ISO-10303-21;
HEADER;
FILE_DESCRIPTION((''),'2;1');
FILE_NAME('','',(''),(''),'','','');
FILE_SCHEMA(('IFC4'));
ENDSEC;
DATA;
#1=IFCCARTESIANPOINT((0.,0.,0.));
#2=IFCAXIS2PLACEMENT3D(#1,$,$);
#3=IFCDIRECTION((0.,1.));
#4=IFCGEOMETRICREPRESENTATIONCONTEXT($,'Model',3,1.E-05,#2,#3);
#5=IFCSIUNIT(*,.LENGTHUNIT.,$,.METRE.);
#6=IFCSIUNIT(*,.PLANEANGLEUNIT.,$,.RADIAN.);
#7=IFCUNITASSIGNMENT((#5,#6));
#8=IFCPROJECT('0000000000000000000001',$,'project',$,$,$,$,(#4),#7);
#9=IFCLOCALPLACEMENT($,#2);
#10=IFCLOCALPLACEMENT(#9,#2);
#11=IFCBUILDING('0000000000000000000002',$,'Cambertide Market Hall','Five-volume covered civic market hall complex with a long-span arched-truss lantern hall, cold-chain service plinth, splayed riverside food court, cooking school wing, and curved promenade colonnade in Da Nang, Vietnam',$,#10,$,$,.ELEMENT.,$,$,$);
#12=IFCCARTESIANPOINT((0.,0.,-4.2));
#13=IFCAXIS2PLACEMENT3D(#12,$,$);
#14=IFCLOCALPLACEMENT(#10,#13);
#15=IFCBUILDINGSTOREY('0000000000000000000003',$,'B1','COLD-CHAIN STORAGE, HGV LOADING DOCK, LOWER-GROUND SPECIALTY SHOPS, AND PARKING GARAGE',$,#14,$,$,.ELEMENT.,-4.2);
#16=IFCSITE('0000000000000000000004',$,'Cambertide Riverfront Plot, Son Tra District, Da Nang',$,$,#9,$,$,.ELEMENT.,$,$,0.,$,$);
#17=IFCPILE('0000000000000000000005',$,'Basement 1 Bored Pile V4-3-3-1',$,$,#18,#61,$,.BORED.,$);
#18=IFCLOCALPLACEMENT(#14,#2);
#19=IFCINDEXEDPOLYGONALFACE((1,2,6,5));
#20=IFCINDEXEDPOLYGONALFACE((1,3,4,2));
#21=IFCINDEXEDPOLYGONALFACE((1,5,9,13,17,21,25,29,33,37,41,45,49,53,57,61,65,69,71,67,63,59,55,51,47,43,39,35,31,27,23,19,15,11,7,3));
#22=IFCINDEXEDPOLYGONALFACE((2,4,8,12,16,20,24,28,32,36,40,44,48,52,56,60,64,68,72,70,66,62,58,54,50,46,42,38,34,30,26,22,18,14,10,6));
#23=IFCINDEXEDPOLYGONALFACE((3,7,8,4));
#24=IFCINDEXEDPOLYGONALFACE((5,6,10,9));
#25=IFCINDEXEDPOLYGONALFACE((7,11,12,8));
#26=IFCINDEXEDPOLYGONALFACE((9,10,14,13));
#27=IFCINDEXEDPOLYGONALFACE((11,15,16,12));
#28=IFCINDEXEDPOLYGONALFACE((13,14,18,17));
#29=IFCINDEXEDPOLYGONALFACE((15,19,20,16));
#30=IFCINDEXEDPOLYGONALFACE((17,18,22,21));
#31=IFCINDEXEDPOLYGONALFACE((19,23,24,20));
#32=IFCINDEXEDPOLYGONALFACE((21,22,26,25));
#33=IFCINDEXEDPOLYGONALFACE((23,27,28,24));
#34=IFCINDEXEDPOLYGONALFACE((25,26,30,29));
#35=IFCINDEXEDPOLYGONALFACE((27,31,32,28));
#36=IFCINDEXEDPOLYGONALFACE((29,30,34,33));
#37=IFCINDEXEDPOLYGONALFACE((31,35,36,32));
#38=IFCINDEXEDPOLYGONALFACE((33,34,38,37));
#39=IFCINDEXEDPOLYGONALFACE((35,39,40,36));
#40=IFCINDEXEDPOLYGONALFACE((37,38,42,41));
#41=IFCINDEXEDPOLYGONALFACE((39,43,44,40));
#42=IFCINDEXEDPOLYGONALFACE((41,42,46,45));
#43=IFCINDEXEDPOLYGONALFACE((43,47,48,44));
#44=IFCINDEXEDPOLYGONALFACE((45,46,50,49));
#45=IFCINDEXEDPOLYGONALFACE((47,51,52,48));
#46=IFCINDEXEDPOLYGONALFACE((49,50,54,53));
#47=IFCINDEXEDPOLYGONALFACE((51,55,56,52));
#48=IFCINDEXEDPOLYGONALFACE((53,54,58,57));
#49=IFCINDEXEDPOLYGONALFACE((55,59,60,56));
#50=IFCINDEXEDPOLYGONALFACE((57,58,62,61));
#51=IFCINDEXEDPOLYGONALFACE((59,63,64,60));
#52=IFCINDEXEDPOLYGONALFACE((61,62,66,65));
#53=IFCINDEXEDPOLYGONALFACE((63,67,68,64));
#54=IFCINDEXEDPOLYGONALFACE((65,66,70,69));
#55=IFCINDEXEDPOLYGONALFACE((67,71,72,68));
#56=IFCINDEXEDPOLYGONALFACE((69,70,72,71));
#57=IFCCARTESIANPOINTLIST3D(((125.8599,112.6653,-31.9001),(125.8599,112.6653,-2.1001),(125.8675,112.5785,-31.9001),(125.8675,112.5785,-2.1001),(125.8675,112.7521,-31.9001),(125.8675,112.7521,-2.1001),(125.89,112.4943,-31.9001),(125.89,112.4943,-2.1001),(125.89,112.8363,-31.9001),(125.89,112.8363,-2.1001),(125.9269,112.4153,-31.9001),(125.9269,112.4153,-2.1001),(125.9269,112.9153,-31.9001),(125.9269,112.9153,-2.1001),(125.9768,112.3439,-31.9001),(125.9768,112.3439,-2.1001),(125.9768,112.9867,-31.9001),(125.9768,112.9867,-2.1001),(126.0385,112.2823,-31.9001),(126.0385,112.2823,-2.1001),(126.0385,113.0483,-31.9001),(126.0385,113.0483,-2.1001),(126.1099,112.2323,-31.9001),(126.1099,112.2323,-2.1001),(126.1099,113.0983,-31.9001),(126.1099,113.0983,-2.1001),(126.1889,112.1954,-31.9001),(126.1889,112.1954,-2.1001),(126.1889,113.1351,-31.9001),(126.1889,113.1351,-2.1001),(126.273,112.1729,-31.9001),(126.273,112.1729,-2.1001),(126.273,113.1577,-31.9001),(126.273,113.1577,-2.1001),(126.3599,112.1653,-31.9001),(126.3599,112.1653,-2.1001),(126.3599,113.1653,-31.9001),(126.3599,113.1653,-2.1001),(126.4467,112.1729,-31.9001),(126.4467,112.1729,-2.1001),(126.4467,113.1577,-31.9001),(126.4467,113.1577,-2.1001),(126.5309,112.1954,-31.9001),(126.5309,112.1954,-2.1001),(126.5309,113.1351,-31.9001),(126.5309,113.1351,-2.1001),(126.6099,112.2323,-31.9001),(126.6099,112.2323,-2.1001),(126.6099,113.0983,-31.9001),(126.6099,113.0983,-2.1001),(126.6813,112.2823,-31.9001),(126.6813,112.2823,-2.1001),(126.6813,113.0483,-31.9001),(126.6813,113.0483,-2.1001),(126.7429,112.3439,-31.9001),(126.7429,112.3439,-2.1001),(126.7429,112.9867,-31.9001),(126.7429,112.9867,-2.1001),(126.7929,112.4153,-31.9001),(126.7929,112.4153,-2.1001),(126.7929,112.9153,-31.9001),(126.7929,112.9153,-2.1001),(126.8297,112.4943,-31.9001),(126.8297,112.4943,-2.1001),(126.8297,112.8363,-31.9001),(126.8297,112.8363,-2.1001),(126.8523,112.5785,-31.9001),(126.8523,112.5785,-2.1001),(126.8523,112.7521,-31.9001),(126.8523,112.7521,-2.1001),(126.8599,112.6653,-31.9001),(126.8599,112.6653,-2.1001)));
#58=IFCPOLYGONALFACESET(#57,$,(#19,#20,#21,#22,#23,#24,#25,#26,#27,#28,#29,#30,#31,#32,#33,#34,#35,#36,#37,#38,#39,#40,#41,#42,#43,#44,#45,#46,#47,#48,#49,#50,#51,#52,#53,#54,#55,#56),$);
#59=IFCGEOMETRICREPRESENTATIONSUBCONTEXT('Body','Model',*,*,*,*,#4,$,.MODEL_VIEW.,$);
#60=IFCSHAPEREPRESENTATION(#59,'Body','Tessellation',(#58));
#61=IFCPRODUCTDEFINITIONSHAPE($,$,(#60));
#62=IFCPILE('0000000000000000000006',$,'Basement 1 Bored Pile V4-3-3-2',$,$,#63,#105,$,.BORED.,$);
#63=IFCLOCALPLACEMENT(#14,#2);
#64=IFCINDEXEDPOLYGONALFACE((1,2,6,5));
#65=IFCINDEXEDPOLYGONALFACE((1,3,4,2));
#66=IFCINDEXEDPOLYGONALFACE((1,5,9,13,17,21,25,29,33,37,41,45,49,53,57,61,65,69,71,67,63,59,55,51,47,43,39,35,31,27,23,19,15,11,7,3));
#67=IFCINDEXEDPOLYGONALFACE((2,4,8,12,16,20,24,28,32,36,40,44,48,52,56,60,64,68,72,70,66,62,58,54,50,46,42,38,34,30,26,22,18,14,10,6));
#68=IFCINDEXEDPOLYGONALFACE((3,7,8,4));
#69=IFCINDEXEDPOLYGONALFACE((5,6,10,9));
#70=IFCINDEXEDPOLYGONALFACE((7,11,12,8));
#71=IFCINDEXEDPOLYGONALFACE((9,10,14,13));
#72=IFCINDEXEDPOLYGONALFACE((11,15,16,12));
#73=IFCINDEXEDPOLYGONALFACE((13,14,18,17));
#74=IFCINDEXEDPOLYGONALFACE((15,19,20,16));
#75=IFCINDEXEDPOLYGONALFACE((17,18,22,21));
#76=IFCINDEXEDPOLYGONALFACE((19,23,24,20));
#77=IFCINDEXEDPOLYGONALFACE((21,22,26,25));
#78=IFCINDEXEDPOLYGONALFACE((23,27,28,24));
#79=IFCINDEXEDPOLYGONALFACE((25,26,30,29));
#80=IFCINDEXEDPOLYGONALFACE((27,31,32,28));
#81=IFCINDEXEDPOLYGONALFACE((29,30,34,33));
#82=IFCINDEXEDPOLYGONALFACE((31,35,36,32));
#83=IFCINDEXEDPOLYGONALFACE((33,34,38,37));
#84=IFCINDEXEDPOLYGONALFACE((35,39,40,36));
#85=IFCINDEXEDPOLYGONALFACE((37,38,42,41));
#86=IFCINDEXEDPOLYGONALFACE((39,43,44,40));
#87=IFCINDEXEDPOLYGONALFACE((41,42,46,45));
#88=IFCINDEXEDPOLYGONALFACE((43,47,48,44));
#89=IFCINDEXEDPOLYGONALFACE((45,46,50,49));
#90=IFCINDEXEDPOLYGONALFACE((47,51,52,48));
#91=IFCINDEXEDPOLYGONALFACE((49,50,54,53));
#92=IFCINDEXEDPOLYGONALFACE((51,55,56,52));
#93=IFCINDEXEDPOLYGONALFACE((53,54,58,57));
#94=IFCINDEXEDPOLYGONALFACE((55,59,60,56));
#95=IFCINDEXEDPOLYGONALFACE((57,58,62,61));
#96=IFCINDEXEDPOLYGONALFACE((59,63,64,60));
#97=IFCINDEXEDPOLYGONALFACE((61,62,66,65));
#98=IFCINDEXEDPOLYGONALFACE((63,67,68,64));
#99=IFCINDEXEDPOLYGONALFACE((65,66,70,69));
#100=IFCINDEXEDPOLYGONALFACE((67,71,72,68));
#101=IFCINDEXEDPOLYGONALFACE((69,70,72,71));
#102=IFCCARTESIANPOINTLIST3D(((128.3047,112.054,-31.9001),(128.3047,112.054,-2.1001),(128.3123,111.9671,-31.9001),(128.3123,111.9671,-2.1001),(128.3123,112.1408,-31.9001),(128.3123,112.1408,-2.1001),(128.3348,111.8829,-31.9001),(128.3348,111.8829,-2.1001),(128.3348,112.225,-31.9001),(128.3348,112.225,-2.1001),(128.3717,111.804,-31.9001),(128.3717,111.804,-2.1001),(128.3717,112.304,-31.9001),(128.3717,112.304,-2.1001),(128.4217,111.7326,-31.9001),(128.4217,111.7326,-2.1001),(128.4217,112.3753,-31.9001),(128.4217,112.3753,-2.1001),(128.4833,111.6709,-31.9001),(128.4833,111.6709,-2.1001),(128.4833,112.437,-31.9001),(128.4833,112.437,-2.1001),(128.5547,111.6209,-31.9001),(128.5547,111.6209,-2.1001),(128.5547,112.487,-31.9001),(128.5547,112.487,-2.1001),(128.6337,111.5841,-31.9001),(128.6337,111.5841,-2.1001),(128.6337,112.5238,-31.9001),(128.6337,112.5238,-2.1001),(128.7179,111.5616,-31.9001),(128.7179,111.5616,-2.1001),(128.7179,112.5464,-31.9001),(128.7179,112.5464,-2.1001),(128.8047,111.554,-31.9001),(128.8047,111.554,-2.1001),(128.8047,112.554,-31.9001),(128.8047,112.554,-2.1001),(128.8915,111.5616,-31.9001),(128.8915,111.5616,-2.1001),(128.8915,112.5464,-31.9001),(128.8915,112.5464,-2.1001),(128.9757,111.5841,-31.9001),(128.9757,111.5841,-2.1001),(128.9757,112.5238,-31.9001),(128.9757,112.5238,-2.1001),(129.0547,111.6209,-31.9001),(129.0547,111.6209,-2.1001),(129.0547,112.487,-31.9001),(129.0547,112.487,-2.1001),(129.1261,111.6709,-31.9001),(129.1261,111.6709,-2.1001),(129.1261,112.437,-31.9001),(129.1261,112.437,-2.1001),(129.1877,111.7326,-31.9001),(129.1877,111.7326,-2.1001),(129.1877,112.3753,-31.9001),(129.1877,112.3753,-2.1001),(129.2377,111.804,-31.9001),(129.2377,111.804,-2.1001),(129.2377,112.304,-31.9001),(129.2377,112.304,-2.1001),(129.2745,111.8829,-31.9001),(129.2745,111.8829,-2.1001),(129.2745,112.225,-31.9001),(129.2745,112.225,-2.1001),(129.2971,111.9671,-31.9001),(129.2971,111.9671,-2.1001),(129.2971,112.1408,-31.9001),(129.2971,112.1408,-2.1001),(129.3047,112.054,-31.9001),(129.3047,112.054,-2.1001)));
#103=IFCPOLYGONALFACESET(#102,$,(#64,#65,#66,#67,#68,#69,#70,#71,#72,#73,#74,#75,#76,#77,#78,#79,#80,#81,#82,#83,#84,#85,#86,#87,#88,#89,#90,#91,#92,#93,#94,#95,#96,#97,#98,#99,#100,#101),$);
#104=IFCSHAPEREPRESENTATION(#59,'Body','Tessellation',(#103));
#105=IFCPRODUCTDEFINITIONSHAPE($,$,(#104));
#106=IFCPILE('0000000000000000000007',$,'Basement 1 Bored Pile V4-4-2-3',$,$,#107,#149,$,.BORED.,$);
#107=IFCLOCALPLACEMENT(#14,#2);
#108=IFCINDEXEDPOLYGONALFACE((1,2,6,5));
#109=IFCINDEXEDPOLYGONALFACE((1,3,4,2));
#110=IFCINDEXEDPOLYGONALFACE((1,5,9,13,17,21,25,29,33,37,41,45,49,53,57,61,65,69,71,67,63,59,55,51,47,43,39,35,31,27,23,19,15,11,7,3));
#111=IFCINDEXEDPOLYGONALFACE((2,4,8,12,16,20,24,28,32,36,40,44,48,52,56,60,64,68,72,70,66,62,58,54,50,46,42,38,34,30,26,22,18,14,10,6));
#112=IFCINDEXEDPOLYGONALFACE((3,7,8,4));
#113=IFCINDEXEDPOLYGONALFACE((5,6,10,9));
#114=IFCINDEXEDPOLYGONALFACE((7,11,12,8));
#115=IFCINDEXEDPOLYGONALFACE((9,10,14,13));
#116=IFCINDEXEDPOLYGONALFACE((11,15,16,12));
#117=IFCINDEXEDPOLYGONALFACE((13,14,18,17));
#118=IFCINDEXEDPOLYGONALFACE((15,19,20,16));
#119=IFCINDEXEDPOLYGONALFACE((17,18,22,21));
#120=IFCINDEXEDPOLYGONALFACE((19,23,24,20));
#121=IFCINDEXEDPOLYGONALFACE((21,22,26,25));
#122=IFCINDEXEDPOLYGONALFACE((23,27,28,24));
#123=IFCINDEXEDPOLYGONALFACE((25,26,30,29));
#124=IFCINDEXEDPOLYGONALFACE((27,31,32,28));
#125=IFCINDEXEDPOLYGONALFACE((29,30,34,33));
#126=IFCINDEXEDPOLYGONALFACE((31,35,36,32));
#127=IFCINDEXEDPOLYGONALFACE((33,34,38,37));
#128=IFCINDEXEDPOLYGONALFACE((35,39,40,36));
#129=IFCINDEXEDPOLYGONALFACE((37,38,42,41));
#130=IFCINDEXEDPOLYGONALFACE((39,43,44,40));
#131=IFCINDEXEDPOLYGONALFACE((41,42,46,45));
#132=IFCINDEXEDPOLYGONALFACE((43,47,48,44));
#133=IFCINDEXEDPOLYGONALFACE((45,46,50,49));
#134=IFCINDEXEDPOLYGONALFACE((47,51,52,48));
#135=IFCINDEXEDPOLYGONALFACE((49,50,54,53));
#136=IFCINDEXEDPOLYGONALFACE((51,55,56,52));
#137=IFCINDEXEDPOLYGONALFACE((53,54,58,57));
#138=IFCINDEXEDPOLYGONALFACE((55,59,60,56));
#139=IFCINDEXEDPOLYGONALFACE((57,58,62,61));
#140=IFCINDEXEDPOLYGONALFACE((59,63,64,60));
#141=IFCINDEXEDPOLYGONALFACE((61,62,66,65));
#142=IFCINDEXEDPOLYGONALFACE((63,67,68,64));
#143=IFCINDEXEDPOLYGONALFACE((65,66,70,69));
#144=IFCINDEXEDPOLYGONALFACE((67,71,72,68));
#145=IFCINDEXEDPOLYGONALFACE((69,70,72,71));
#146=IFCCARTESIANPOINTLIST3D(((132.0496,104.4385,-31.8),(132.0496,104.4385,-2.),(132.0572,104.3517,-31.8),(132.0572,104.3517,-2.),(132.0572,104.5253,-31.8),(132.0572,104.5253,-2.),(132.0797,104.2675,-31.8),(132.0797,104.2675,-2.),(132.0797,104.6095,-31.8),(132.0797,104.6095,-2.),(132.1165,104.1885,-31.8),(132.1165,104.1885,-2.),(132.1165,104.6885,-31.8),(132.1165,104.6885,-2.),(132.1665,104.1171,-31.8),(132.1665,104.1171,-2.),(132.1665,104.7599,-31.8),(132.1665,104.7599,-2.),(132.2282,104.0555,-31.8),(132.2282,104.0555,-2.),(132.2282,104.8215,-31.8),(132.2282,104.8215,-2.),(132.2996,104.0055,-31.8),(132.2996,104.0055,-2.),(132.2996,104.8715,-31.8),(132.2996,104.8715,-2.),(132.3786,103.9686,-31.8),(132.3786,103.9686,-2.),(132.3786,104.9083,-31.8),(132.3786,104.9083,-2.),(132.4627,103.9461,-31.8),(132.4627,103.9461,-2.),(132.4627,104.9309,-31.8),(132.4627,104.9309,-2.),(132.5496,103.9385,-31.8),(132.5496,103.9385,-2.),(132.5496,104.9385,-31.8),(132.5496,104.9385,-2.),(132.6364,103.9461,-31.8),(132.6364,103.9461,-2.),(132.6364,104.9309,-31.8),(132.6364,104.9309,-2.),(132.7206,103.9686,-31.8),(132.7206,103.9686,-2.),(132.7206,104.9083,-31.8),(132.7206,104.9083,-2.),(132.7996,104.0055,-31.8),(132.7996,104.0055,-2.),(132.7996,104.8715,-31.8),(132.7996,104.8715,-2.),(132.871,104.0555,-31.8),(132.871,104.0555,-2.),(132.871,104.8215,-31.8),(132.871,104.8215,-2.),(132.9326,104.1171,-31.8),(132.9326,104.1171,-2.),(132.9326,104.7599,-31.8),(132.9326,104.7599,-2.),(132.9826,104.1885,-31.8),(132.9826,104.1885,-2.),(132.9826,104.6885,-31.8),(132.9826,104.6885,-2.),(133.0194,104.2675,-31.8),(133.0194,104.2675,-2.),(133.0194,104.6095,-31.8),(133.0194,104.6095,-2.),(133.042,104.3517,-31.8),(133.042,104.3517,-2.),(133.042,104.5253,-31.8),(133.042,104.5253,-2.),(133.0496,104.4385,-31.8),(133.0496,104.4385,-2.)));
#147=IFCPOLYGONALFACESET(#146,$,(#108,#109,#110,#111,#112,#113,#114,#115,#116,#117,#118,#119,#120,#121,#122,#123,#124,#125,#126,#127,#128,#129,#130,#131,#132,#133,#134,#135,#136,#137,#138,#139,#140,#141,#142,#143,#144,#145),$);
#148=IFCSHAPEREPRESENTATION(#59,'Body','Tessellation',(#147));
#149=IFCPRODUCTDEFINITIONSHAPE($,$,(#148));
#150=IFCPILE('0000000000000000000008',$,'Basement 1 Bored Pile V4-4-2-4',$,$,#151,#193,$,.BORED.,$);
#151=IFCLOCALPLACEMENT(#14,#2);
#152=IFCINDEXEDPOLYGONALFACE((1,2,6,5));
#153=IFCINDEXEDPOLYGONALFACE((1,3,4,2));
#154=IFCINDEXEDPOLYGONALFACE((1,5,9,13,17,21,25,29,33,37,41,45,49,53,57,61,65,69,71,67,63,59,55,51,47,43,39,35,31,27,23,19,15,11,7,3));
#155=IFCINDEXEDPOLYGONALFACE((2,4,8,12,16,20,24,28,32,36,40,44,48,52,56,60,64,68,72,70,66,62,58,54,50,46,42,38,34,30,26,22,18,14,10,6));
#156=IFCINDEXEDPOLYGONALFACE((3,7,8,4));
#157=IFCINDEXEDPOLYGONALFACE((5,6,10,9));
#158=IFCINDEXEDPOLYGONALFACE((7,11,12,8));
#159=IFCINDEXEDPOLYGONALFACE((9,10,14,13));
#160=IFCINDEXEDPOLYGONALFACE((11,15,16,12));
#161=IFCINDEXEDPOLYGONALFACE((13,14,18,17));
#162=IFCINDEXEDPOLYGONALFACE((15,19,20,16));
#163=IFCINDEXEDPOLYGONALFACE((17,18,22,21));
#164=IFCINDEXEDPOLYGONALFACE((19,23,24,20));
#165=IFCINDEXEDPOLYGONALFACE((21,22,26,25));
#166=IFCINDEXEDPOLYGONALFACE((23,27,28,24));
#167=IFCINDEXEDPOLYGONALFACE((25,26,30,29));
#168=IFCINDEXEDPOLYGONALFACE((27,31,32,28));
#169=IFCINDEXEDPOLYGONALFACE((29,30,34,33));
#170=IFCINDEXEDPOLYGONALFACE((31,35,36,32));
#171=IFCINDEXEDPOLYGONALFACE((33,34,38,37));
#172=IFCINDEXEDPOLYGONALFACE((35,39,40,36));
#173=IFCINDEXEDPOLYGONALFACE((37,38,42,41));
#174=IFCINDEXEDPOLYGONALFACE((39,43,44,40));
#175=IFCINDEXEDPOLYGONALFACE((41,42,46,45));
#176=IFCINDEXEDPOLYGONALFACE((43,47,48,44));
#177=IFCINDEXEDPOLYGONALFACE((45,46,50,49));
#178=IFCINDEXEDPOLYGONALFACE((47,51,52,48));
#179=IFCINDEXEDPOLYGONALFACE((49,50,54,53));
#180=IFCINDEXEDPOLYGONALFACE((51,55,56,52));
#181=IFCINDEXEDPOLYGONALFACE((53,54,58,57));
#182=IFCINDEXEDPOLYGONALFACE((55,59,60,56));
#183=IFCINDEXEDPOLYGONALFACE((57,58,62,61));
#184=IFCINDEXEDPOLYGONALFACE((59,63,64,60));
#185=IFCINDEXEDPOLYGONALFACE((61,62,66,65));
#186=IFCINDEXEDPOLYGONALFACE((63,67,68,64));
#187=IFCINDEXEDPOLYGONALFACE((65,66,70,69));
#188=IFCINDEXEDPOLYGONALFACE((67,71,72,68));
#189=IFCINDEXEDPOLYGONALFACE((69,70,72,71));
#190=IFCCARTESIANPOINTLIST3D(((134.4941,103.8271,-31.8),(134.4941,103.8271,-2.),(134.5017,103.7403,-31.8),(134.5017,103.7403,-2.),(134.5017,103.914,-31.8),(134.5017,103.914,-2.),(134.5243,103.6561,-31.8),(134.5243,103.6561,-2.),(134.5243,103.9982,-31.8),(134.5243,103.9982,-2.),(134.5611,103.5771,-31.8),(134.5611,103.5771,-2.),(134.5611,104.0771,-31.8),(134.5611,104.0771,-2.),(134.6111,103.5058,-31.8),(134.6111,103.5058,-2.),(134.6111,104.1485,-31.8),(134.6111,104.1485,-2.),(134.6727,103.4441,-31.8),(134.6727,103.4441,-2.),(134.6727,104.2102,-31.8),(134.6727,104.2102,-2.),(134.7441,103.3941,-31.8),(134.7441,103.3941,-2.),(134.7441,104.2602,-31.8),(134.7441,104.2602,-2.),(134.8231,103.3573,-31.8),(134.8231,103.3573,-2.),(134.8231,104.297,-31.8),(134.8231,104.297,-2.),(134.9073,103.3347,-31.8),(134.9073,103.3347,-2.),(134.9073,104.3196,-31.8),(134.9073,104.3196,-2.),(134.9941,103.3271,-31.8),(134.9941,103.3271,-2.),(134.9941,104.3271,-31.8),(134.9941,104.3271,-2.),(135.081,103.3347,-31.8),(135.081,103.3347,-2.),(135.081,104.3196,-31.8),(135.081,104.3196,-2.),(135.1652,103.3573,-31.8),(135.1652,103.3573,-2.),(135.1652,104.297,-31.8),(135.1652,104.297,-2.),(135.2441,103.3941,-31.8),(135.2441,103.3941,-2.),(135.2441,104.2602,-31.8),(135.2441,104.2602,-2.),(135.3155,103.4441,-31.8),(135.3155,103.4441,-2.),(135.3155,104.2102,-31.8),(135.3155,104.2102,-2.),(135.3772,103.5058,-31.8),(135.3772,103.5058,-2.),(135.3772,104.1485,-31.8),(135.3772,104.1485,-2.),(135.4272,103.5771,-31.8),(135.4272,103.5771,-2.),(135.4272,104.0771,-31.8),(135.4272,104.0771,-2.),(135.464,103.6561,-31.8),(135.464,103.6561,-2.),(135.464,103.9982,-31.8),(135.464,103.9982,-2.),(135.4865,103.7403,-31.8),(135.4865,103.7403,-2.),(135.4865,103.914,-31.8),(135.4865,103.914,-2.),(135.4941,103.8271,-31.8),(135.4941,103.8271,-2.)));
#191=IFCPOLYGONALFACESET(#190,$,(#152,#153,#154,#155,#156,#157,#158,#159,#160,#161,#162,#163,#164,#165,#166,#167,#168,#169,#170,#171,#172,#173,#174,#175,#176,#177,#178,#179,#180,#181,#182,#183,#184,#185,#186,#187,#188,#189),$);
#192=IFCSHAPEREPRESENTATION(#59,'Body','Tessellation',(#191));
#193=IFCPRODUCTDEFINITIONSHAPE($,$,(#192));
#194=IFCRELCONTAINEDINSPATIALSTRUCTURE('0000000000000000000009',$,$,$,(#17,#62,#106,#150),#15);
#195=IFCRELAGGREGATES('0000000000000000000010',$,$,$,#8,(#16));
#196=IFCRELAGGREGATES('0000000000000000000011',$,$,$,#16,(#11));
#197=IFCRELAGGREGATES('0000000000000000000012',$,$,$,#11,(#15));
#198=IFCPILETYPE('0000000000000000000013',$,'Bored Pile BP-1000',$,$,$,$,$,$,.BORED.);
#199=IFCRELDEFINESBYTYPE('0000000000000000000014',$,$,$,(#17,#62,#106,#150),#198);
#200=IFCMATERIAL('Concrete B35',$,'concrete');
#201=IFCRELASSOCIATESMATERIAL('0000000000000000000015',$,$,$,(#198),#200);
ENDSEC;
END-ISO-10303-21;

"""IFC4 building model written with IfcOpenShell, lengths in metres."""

from ifc_helpers import new_model, si_unit, direction, frame, origin, origin_2d, place, context, subcontext, project, spatial, circle, extrude, material, material_profile, profile_set, type_object, element, save


model = new_model("IFC4")

# Units and contexts
model_context = context("Model", 3, precision=1e-05, world=origin(), true_north=direction((0.0, 1.0)))
body_context = subcontext(model_context, "Body", "Model", "MODEL_VIEW")
ifc_project = project(units=[si_unit("LENGTHUNIT", "METRE"), si_unit("PLANEANGLEUNIT", "RADIAN")], contexts=[model_context])

# Site, building, storey
site_placement = place(None, origin())
site = spatial("IfcSite", under=ifc_project, at=site_placement, Name="Cambertide Riverfront Plot, Son Tra District, Da Nang", CompositionType="ELEMENT", RefElevation=0.0)
building_placement = place(site_placement, origin())
building = spatial("IfcBuilding", under=site, at=building_placement, Name="Cambertide Market Hall", Description="Five-volume covered civic market hall complex with a long-span arched-truss lantern hall, cold-chain service plinth, splayed riverside food court, cooking school wing, and curved promenade colonnade in Da Nang, Vietnam", CompositionType="ELEMENT")
storey_placement = place(building_placement, frame((0.0, 0.0, -4.2)))
storey = spatial("IfcBuildingStorey", under=building, at=storey_placement, Name="B1", Description="COLD-CHAIN STORAGE, HGV LOADING DOCK, LOWER-GROUND SPECIALTY SHOPS, AND PARKING GARAGE", CompositionType="ELEMENT", Elevation=-4.2)

# Piles
ifc_material_1 = material(Name="Concrete B35", Category="concrete")
ifc_material_profile_1 = material_profile(ifc_material_1, circle(Radius=0.5, at=origin_2d()), Name="BP D1000")
ifc_profile_set_1 = profile_set([ifc_material_profile_1], Name="Concrete B35")
pile_type = type_object("IfcPileType", Name="Bored Pile BP-1000", PredefinedType="BORED", material=ifc_profile_set_1)
for number, where, z_axis, x_axis, name in (
    (1, (126.3599, 112.6653, -2.1001), (0.0, 0.0, -1.0), (1.0, 0.0, 0.0), "Basement 1 Bored Pile V4-3-3-1"),
    (2, (128.8047, 112.054, -2.1001), (0.0, 0.0, -1.0), (1.0, 0.0, 0.0), "Basement 1 Bored Pile V4-3-3-2"),
    (3, (132.5496, 104.4385, -2.0), (0.0, 0.0, -1.0), (1.0, 0.0, 0.0), "Basement 1 Bored Pile V4-4-2-3"),
    (4, (134.9941, 103.8271, -2.0), (0.0, 0.0, -1.0), (1.0, 0.0, 0.0), "Basement 1 Bored Pile V4-4-2-4"),
):
    element("IfcPile", number, at=place(storey_placement, frame(where, z_axis=z_axis, x_axis=x_axis)), inside=storey, type_object=pile_type, Name=name, PredefinedType="BORED", context=body_context, shape_type="SweptSolid", body=[
        extrude(circle(Radius=0.5, at=origin_2d()), origin(), (0.0, 0.0, 1.0), 29.8),
    ])

save(model, "model.ifc")
